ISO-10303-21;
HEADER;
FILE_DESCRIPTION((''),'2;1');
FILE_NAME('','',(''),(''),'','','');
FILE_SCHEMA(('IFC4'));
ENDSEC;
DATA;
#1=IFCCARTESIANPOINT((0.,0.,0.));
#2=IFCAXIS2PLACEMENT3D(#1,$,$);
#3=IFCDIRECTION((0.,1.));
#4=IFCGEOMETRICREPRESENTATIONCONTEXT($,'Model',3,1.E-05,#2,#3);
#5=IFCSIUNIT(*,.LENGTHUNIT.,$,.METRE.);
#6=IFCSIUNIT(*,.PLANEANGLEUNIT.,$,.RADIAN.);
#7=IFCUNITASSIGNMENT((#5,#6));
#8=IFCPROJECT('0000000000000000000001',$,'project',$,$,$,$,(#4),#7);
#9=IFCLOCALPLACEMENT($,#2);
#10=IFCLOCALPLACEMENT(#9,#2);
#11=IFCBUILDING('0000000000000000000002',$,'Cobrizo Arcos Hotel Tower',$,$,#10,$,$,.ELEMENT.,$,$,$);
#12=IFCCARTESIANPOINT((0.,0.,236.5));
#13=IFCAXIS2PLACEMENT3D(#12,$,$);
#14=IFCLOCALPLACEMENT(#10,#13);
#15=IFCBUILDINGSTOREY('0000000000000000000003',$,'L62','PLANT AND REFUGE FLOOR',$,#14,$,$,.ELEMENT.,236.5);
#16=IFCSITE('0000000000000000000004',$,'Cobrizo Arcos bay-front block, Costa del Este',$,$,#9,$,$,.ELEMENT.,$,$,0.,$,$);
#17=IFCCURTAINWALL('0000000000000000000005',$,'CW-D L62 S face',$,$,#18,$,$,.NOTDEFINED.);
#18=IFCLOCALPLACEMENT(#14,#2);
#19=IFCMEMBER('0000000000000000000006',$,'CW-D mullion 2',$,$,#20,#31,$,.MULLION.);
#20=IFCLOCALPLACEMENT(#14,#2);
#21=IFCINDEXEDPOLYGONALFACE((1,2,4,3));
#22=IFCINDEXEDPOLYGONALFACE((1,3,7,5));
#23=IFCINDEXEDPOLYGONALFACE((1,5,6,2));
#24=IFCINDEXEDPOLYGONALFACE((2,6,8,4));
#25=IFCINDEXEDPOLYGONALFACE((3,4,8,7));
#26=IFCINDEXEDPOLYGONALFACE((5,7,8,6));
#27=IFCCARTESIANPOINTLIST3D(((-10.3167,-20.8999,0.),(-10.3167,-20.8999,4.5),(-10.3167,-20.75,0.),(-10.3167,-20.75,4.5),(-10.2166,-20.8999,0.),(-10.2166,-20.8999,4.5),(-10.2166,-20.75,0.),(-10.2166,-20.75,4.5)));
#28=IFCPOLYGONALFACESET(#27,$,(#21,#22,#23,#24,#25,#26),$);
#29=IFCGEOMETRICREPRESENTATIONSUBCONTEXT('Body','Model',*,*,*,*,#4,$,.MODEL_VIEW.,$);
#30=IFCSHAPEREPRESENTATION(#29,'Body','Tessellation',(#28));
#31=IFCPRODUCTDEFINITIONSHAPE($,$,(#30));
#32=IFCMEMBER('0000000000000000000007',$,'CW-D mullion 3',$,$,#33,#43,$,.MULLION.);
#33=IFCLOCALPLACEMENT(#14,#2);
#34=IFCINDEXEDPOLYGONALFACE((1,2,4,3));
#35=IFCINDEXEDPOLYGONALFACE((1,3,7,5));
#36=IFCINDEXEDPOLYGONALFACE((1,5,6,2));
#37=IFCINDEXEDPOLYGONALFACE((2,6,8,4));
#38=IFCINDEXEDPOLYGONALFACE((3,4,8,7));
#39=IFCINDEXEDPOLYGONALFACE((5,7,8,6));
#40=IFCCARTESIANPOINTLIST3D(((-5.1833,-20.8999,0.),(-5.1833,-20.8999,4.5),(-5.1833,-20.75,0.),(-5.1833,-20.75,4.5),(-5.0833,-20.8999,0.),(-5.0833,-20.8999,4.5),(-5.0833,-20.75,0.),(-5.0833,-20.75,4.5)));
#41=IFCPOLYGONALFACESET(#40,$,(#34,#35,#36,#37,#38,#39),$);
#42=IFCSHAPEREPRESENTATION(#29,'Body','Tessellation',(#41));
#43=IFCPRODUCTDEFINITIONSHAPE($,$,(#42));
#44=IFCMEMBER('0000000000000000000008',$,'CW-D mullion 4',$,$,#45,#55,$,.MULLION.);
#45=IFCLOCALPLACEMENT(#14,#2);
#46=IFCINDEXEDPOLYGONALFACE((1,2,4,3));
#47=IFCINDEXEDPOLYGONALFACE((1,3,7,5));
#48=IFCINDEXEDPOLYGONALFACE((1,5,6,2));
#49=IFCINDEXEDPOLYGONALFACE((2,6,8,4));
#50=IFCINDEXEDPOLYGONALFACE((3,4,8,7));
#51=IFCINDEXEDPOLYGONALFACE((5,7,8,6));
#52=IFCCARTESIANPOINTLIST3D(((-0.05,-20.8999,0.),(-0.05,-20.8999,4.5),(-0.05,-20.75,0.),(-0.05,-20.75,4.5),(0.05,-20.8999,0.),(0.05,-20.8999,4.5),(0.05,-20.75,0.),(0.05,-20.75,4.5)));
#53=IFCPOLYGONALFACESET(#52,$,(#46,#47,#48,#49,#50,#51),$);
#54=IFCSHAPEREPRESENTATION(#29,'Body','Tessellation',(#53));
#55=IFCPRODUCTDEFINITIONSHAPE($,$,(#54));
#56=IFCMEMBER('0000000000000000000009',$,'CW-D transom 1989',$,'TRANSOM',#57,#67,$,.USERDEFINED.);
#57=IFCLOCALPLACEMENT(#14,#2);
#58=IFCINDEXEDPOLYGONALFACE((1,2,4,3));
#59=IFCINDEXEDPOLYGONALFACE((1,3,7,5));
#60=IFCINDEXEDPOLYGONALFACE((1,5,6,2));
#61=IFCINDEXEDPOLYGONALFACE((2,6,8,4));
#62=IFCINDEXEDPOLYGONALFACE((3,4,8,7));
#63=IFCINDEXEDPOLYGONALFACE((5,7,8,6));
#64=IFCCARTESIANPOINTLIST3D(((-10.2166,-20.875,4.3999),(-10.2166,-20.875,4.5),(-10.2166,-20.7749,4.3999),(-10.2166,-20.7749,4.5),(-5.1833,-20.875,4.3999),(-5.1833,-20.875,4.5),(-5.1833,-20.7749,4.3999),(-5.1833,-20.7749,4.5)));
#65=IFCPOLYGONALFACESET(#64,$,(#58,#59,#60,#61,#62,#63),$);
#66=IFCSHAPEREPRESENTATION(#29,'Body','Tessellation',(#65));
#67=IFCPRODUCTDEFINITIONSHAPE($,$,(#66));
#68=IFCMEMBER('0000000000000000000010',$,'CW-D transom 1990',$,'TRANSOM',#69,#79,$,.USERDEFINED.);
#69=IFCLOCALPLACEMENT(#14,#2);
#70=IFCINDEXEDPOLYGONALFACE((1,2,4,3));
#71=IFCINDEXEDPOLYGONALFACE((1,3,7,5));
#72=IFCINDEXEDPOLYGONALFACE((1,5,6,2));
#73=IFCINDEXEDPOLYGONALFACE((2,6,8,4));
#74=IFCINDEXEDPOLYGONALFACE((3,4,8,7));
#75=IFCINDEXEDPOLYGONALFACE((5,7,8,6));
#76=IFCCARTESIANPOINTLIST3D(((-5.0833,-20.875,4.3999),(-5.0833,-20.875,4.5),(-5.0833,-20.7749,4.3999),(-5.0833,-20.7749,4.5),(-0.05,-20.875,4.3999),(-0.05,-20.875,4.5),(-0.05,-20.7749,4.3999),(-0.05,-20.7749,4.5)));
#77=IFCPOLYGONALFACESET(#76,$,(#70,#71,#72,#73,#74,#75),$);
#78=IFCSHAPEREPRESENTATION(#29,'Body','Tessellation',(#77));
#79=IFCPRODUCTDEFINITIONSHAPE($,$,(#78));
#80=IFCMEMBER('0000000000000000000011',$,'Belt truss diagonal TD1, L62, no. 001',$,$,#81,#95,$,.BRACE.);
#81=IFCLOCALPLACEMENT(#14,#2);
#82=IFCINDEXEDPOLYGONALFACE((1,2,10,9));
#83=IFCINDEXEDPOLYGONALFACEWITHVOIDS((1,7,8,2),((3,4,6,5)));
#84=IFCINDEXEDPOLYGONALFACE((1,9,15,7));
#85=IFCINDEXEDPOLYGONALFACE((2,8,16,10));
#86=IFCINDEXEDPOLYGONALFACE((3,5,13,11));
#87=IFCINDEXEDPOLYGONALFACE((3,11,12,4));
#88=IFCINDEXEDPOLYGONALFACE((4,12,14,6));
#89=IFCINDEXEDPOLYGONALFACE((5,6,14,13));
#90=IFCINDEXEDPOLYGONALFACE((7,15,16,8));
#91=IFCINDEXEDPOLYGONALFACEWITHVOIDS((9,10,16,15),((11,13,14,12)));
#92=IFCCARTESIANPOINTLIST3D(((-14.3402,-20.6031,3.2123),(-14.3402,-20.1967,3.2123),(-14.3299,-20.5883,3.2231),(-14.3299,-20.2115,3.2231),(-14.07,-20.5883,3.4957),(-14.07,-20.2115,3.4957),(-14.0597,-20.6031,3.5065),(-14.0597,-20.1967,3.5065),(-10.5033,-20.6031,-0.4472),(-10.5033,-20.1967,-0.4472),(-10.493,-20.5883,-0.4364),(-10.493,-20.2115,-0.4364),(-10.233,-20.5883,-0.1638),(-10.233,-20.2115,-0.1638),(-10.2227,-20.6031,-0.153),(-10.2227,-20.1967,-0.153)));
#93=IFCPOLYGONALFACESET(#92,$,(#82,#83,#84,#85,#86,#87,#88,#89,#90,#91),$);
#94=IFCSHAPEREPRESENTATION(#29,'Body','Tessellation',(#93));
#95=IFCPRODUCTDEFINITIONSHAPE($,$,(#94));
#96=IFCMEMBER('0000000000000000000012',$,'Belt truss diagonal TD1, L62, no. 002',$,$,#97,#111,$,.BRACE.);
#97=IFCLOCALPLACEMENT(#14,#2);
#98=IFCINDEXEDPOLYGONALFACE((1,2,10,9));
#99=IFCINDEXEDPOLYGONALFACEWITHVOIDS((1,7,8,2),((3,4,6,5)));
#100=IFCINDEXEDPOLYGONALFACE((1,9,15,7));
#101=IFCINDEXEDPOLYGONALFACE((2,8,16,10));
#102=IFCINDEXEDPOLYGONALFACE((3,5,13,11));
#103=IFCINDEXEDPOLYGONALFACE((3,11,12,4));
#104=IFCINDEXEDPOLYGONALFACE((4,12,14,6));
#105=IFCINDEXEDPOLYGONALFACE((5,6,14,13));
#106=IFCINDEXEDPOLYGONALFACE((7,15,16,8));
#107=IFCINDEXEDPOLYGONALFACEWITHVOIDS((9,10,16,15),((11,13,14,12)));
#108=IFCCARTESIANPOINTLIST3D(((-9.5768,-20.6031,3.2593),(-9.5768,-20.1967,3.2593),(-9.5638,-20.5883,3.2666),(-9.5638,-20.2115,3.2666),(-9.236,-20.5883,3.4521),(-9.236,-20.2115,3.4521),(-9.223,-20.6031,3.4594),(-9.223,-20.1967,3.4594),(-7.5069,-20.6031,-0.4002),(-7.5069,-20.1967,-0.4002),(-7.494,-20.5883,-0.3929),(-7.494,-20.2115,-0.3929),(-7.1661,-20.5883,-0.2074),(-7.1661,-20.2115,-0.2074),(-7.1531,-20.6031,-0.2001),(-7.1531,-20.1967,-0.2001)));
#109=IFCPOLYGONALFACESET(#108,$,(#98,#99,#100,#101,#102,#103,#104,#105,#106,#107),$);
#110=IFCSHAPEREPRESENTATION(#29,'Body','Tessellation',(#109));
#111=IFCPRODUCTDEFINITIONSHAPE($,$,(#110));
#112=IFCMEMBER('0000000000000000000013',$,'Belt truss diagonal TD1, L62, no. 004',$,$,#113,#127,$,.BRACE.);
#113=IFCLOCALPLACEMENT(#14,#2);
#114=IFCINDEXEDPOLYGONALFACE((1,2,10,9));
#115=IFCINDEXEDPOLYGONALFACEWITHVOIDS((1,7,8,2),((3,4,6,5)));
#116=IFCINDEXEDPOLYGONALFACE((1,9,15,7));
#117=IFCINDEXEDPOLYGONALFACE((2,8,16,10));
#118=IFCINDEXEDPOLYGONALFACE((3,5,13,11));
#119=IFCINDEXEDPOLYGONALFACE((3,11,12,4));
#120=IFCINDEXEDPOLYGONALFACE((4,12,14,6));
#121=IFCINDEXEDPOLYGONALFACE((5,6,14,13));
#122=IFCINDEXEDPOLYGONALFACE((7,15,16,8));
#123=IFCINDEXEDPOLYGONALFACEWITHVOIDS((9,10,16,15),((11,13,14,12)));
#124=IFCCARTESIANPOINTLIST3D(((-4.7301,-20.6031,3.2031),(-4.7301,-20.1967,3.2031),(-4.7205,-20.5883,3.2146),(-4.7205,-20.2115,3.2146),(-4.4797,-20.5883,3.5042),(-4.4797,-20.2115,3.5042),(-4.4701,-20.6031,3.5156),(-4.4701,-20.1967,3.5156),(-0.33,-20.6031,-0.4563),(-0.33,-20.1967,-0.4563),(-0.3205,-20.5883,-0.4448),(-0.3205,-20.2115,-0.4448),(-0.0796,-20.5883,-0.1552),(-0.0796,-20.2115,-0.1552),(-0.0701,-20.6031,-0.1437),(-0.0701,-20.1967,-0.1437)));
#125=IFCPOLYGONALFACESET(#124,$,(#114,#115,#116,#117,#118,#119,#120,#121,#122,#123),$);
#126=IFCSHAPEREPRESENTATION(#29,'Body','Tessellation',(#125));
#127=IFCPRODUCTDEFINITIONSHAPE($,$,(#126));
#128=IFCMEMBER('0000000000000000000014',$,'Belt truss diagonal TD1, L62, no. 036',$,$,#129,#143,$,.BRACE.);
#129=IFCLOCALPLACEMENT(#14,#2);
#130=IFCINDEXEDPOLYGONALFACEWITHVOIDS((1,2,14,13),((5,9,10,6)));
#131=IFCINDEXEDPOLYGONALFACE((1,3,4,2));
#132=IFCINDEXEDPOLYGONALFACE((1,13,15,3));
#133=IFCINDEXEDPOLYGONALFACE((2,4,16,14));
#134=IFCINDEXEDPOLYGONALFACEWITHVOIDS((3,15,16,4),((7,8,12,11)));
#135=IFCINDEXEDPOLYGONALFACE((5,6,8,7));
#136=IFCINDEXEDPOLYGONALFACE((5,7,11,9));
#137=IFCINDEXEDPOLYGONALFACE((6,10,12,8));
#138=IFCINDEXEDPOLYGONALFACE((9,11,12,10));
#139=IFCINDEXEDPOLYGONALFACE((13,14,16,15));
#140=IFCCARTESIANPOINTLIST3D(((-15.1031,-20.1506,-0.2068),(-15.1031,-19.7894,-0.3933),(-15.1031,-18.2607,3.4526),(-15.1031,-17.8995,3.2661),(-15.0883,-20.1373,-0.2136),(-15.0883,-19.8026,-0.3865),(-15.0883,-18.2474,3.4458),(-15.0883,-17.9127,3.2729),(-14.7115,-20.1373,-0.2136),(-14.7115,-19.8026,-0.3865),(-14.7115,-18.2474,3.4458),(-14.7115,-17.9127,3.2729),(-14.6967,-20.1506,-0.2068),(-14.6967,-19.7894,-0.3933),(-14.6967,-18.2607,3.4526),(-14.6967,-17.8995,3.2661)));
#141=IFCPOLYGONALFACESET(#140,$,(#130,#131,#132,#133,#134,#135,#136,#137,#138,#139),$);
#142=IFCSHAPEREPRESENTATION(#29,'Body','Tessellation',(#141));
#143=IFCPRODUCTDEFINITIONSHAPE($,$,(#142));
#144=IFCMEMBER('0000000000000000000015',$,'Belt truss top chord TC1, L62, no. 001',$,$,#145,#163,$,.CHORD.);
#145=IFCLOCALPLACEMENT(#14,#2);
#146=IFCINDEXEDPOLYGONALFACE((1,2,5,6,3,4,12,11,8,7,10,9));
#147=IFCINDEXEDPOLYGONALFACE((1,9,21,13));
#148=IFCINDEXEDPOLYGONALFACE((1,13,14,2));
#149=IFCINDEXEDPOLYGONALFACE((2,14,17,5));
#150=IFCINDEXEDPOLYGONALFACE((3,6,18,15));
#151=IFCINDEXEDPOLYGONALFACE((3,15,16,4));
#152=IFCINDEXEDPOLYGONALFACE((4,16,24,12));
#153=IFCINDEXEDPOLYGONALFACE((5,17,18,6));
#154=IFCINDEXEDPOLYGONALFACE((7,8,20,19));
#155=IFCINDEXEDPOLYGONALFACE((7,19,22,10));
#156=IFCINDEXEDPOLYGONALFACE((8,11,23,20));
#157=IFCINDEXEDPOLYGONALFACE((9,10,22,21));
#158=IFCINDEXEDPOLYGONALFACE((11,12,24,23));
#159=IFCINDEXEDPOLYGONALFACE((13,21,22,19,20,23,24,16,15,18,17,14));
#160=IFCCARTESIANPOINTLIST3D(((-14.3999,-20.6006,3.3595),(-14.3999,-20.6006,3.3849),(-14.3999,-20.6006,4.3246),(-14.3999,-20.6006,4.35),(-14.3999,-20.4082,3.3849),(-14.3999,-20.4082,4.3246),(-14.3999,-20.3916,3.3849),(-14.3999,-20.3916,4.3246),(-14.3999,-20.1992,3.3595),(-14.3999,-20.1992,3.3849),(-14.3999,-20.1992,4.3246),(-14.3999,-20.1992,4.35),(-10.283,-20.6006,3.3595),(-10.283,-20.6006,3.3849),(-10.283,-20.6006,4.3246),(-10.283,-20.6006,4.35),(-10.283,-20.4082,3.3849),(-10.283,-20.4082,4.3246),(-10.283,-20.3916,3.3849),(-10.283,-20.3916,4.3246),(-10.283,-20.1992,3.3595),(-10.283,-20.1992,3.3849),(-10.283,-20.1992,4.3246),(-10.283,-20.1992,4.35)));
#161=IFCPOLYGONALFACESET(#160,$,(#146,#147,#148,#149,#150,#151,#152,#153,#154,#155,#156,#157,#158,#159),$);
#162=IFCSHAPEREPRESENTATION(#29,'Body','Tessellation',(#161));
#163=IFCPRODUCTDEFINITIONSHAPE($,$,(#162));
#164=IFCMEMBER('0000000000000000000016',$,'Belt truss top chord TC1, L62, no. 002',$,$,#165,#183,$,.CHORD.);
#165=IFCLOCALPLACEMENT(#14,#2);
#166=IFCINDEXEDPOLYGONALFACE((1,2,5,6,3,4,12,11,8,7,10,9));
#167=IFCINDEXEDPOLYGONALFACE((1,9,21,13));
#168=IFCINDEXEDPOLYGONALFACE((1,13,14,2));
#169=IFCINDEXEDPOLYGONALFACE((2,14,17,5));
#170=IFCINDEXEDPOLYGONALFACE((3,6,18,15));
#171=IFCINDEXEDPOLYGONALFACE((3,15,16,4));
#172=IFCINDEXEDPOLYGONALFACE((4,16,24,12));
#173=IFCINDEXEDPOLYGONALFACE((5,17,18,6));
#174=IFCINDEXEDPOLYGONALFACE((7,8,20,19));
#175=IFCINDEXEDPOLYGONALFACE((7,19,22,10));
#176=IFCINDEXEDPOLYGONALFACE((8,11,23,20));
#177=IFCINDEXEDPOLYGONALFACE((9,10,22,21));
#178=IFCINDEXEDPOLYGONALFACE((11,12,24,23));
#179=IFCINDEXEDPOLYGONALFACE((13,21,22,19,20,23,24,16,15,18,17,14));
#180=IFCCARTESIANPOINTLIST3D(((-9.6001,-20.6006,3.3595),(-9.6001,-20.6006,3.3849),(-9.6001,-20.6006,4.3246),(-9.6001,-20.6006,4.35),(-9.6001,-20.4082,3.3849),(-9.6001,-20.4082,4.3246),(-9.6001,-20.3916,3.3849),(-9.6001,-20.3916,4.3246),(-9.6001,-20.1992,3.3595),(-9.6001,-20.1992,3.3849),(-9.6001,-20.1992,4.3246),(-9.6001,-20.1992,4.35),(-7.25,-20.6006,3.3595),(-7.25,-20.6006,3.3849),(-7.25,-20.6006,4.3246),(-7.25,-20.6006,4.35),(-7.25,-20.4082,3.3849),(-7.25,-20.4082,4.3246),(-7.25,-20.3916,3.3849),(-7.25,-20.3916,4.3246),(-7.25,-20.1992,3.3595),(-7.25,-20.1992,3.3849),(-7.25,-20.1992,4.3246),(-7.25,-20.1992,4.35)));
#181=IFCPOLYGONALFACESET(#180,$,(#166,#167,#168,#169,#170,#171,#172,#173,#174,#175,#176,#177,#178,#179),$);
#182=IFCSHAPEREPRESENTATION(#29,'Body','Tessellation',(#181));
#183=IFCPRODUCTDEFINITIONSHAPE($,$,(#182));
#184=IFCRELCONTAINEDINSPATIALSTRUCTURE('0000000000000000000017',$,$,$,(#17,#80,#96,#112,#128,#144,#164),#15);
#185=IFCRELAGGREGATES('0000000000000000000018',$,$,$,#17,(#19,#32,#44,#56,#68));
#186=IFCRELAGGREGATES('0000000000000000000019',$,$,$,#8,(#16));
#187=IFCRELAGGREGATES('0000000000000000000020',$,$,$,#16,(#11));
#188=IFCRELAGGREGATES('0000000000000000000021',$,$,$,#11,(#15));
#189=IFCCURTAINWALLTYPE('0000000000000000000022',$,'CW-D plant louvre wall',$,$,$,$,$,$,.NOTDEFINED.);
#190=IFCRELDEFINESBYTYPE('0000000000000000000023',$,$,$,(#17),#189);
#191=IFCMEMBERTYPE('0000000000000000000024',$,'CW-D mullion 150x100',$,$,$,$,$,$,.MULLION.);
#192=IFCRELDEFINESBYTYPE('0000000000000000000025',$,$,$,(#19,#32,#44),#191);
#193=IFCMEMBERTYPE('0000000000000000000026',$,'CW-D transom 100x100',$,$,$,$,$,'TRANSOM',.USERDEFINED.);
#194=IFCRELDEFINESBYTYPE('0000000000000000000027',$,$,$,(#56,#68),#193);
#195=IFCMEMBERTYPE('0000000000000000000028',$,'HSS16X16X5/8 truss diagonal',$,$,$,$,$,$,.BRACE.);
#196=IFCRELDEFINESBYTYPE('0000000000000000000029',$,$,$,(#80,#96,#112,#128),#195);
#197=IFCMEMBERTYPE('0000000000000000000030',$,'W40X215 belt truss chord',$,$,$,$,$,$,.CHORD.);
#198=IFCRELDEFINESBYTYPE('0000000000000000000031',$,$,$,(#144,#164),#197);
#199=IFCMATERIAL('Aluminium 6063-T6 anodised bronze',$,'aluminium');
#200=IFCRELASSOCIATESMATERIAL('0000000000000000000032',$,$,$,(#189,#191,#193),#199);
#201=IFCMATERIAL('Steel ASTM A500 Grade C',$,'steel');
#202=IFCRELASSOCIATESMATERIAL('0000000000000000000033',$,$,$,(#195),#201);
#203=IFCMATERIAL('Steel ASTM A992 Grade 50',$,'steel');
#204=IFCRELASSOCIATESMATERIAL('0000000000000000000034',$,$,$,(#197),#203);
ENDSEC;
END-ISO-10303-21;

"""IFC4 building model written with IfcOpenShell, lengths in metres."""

from ifc_helpers import new_model, si_unit, direction, frame, origin, origin_2d, place, context, subcontext, project, spatial, rectangle, hollow_rectangle, i_section, extrude, material, material_profile, profile_set, type_object, element, aggregate, save


model = new_model("IFC4")

# Units and contexts
model_context = context("Model", 3, precision=1e-05, world=origin(), true_north=direction((0.0, 1.0)))
body_context = subcontext(model_context, "Body", "Model", "MODEL_VIEW")
ifc_project = project(units=[si_unit("LENGTHUNIT", "METRE"), si_unit("PLANEANGLEUNIT", "RADIAN")], contexts=[model_context])

# Site, building, storey
site_placement = place(None, origin())
site = spatial("IfcSite", under=ifc_project, at=site_placement, Name="Cobrizo Arcos bay-front block, Costa del Este", CompositionType="ELEMENT", RefElevation=0.0)
building_placement = place(site_placement, origin())
building = spatial("IfcBuilding", under=site, at=building_placement, Name="Cobrizo Arcos Hotel Tower", CompositionType="ELEMENT")
storey_placement = place(building_placement, frame((0.0, 0.0, 236.5)))
storey = spatial("IfcBuildingStorey", under=building, at=storey_placement, Name="L62", Description="PLANT AND REFUGE FLOOR", CompositionType="ELEMENT", Elevation=236.5)

# Curtain wall, members
ifc_material_1 = material(Name="Aluminium 6063-T6 anodised bronze", Category="aluminium")
curtain_wall_type = type_object("IfcCurtainWallType", Name="CW-D plant louvre wall", PredefinedType="NOTDEFINED", material=ifc_material_1)
curtain_wall_placement = place(storey_placement, origin())
curtain_wall = element("IfcCurtainWall", 1, at=curtain_wall_placement, inside=storey, type_object=curtain_wall_type, Name="CW-D L62 S face", PredefinedType="NOTDEFINED")
ifc_material_profile_1 = material_profile(ifc_material_1, rectangle(XDim=0.1499, YDim=0.1001, at=origin_2d()), Name="CW-D mullion 150x100")
ifc_profile_set_1 = profile_set([ifc_material_profile_1], Name="Aluminium 6063-T6 anodised bronze")
member_type_1 = type_object("IfcMemberType", Name="CW-D mullion 150x100", PredefinedType="MULLION", material=ifc_profile_set_1)
member_1_placement = place(storey_placement, frame((-10.2666, -20.825, 0.0), z_axis=(0.0, 0.0, 1.0), x_axis=(0.0, -1.0, 0.0)))
member_1 = element("IfcMember", 2, at=member_1_placement, type_object=member_type_1, Name="CW-D mullion 2", PredefinedType="MULLION", context=body_context, shape_type="SweptSolid", body=[
    extrude(rectangle(XDim=0.1499, YDim=0.1001, at=origin_2d()), origin(), (0.0, 0.0, 1.0), 4.5),
])
member_2_placement = place(storey_placement, frame((-5.1333, -20.825, 0.0), z_axis=(0.0, 0.0, 1.0), x_axis=(0.0, -1.0, 0.0)))
member_2 = element("IfcMember", 3, at=member_2_placement, type_object=member_type_1, Name="CW-D mullion 3", PredefinedType="MULLION", context=body_context, shape_type="SweptSolid", body=[
    extrude(rectangle(XDim=0.1499, YDim=0.1001, at=origin_2d()), origin(), (0.0, 0.0, 1.0), 4.5),
])
member_3_placement = place(storey_placement, frame((0.0, -20.825, 0.0), z_axis=(0.0, 0.0, 1.0), x_axis=(0.0, -1.0, 0.0)))
member_3 = element("IfcMember", 4, at=member_3_placement, type_object=member_type_1, Name="CW-D mullion 4", PredefinedType="MULLION", context=body_context, shape_type="SweptSolid", body=[
    extrude(rectangle(XDim=0.1499, YDim=0.1001, at=origin_2d()), origin(), (0.0, 0.0, 1.0), 4.5),
])
ifc_material_profile_2 = material_profile(ifc_material_1, rectangle(XDim=0.1001, YDim=0.1001, at=origin_2d()), Name="CW-D transom 100x100")
ifc_profile_set_2 = profile_set([ifc_material_profile_2], Name="Aluminium 6063-T6 anodised bronze")
member_type_2 = type_object("IfcMemberType", Name="CW-D transom 100x100", ElementType="TRANSOM", PredefinedType="USERDEFINED", material=ifc_profile_set_2)
member_4_placement = place(storey_placement, frame((-10.2166, -20.825, 4.45), z_axis=(1.0, 0.0, 0.0), x_axis=(0.0, 1.0, 0.0)))
member_4 = element("IfcMember", 5, at=member_4_placement, type_object=member_type_2, Name="CW-D transom 1989", ObjectType="TRANSOM", PredefinedType="USERDEFINED", context=body_context, shape_type="SweptSolid", body=[
    extrude(rectangle(XDim=0.1001, YDim=0.1001, at=origin_2d()), origin(), (0.0, 0.0, 1.0), 5.0332),
])
member_5_placement = place(storey_placement, frame((-5.0833, -20.825, 4.45), z_axis=(1.0, 0.0, 0.0), x_axis=(0.0, 1.0, 0.0)))
member_5 = element("IfcMember", 6, at=member_5_placement, type_object=member_type_2, Name="CW-D transom 1990", ObjectType="TRANSOM", PredefinedType="USERDEFINED", context=body_context, shape_type="SweptSolid", body=[
    extrude(rectangle(XDim=0.1001, YDim=0.1001, at=origin_2d()), origin(), (0.0, 0.0, 1.0), 5.0332),
])

# Members
ifc_material_2 = material(Name="Steel ASTM A500 Grade C", Category="steel")
ifc_material_profile_3 = material_profile(ifc_material_2, hollow_rectangle(XDim=0.4065, YDim=0.4065, WallThickness=0.0149, at=origin_2d()), Name="HSS16X16X5/8")
ifc_profile_set_3 = profile_set([ifc_material_profile_3], Name="Steel ASTM A500 Grade C")
member_type_3 = type_object("IfcMemberType", Name="HSS16X16X5/8 truss diagonal", PredefinedType="BRACE", material=ifc_profile_set_3)
member_6_placement = place(storey_placement, frame((-14.2, -20.3999, 3.3594), z_axis=(0.723646, 0.0, -0.690171), x_axis=(0.0, 1.0, 0.0)))
element("IfcMember", 7, at=member_6_placement, inside=storey, type_object=member_type_3, Name="Belt truss diagonal TD1, L62, no. 001", PredefinedType="BRACE", context=body_context, shape_type="SweptSolid", body=[
    extrude(hollow_rectangle(XDim=0.4065, YDim=0.4065, WallThickness=0.0149, at=origin_2d()), origin(), (0.0, 0.0, 1.0), 5.3022),
])
member_7_placement = place(storey_placement, frame((-9.3999, -20.3999, 3.3594), z_axis=(0.492319, 0.0, -0.870415), x_axis=(0.0, 1.0, 0.0)))
element("IfcMember", 8, at=member_7_placement, inside=storey, type_object=member_type_3, Name="Belt truss diagonal TD1, L62, no. 002", PredefinedType="BRACE", context=body_context, shape_type="SweptSolid", body=[
    extrude(hollow_rectangle(XDim=0.4065, YDim=0.4065, WallThickness=0.0149, at=origin_2d()), origin(), (0.0, 0.0, 1.0), 4.2043),
])
member_8_placement = place(storey_placement, frame((-4.6001, -20.3999, 3.3594), z_axis=(0.768854, 0.0, -0.639425), x_axis=(0.0, 1.0, 0.0)))
element("IfcMember", 9, at=member_8_placement, inside=storey, type_object=member_type_3, Name="Belt truss diagonal TD1, L62, no. 004", PredefinedType="BRACE", context=body_context, shape_type="SweptSolid", body=[
    extrude(hollow_rectangle(XDim=0.4065, YDim=0.4065, WallThickness=0.0149, at=origin_2d()), origin(), (0.0, 0.0, 1.0), 5.7229),
])
member_9_placement = place(storey_placement, frame((-14.8999, -18.0801, 3.3594), z_axis=(0.0, -0.458865, -0.888506), x_axis=(1.0, 0.0, 0.0)))
element("IfcMember", 10, at=member_9_placement, inside=storey, type_object=member_type_3, Name="Belt truss diagonal TD1, L62, no. 036", PredefinedType="BRACE", context=body_context, shape_type="SweptSolid", body=[
    extrude(hollow_rectangle(XDim=0.4065, YDim=0.4065, WallThickness=0.0149, at=origin_2d()), origin(), (0.0, 0.0, 1.0), 4.1187),
])
ifc_material_3 = material(Name="Steel ASTM A992 Grade 50", Category="steel")
ifc_material_profile_4 = material_profile(ifc_material_3, i_section(OverallWidth=0.4014, OverallDepth=0.9905, WebThickness=0.0166, FlangeThickness=0.0254, at=origin_2d()), Name="W40X215")
ifc_profile_set_4 = profile_set([ifc_material_profile_4], Name="Steel ASTM A992 Grade 50")
member_type_4 = type_object("IfcMemberType", Name="W40X215 belt truss chord", PredefinedType="CHORD", material=ifc_profile_set_4)
member_10_placement = place(storey_placement, frame((-14.3999, -20.3999, 3.8547), z_axis=(1.0, 0.0, 0.0), x_axis=(0.0, 1.0, 0.0)))
element("IfcMember", 11, at=member_10_placement, inside=storey, type_object=member_type_4, Name="Belt truss top chord TC1, L62, no. 001", PredefinedType="CHORD", context=body_context, shape_type="SweptSolid", body=[
    extrude(i_section(OverallWidth=0.4014, OverallDepth=0.9905, WebThickness=0.0166, FlangeThickness=0.0254, at=origin_2d()), origin(), (0.0, 0.0, 1.0), 4.1169),
])
member_11_placement = place(storey_placement, frame((-9.6001, -20.3999, 3.8547), z_axis=(1.0, 0.0, 0.0), x_axis=(0.0, 1.0, 0.0)))
element("IfcMember", 12, at=member_11_placement, inside=storey, type_object=member_type_4, Name="Belt truss top chord TC1, L62, no. 002", PredefinedType="CHORD", context=body_context, shape_type="SweptSolid", body=[
    extrude(i_section(OverallWidth=0.4014, OverallDepth=0.9905, WebThickness=0.0166, FlangeThickness=0.0254, at=origin_2d()), origin(), (0.0, 0.0, 1.0), 2.3501),
])

aggregate(curtain_wall, [member_1, member_2, member_3, member_4, member_5])

save(model, "model.ifc")
